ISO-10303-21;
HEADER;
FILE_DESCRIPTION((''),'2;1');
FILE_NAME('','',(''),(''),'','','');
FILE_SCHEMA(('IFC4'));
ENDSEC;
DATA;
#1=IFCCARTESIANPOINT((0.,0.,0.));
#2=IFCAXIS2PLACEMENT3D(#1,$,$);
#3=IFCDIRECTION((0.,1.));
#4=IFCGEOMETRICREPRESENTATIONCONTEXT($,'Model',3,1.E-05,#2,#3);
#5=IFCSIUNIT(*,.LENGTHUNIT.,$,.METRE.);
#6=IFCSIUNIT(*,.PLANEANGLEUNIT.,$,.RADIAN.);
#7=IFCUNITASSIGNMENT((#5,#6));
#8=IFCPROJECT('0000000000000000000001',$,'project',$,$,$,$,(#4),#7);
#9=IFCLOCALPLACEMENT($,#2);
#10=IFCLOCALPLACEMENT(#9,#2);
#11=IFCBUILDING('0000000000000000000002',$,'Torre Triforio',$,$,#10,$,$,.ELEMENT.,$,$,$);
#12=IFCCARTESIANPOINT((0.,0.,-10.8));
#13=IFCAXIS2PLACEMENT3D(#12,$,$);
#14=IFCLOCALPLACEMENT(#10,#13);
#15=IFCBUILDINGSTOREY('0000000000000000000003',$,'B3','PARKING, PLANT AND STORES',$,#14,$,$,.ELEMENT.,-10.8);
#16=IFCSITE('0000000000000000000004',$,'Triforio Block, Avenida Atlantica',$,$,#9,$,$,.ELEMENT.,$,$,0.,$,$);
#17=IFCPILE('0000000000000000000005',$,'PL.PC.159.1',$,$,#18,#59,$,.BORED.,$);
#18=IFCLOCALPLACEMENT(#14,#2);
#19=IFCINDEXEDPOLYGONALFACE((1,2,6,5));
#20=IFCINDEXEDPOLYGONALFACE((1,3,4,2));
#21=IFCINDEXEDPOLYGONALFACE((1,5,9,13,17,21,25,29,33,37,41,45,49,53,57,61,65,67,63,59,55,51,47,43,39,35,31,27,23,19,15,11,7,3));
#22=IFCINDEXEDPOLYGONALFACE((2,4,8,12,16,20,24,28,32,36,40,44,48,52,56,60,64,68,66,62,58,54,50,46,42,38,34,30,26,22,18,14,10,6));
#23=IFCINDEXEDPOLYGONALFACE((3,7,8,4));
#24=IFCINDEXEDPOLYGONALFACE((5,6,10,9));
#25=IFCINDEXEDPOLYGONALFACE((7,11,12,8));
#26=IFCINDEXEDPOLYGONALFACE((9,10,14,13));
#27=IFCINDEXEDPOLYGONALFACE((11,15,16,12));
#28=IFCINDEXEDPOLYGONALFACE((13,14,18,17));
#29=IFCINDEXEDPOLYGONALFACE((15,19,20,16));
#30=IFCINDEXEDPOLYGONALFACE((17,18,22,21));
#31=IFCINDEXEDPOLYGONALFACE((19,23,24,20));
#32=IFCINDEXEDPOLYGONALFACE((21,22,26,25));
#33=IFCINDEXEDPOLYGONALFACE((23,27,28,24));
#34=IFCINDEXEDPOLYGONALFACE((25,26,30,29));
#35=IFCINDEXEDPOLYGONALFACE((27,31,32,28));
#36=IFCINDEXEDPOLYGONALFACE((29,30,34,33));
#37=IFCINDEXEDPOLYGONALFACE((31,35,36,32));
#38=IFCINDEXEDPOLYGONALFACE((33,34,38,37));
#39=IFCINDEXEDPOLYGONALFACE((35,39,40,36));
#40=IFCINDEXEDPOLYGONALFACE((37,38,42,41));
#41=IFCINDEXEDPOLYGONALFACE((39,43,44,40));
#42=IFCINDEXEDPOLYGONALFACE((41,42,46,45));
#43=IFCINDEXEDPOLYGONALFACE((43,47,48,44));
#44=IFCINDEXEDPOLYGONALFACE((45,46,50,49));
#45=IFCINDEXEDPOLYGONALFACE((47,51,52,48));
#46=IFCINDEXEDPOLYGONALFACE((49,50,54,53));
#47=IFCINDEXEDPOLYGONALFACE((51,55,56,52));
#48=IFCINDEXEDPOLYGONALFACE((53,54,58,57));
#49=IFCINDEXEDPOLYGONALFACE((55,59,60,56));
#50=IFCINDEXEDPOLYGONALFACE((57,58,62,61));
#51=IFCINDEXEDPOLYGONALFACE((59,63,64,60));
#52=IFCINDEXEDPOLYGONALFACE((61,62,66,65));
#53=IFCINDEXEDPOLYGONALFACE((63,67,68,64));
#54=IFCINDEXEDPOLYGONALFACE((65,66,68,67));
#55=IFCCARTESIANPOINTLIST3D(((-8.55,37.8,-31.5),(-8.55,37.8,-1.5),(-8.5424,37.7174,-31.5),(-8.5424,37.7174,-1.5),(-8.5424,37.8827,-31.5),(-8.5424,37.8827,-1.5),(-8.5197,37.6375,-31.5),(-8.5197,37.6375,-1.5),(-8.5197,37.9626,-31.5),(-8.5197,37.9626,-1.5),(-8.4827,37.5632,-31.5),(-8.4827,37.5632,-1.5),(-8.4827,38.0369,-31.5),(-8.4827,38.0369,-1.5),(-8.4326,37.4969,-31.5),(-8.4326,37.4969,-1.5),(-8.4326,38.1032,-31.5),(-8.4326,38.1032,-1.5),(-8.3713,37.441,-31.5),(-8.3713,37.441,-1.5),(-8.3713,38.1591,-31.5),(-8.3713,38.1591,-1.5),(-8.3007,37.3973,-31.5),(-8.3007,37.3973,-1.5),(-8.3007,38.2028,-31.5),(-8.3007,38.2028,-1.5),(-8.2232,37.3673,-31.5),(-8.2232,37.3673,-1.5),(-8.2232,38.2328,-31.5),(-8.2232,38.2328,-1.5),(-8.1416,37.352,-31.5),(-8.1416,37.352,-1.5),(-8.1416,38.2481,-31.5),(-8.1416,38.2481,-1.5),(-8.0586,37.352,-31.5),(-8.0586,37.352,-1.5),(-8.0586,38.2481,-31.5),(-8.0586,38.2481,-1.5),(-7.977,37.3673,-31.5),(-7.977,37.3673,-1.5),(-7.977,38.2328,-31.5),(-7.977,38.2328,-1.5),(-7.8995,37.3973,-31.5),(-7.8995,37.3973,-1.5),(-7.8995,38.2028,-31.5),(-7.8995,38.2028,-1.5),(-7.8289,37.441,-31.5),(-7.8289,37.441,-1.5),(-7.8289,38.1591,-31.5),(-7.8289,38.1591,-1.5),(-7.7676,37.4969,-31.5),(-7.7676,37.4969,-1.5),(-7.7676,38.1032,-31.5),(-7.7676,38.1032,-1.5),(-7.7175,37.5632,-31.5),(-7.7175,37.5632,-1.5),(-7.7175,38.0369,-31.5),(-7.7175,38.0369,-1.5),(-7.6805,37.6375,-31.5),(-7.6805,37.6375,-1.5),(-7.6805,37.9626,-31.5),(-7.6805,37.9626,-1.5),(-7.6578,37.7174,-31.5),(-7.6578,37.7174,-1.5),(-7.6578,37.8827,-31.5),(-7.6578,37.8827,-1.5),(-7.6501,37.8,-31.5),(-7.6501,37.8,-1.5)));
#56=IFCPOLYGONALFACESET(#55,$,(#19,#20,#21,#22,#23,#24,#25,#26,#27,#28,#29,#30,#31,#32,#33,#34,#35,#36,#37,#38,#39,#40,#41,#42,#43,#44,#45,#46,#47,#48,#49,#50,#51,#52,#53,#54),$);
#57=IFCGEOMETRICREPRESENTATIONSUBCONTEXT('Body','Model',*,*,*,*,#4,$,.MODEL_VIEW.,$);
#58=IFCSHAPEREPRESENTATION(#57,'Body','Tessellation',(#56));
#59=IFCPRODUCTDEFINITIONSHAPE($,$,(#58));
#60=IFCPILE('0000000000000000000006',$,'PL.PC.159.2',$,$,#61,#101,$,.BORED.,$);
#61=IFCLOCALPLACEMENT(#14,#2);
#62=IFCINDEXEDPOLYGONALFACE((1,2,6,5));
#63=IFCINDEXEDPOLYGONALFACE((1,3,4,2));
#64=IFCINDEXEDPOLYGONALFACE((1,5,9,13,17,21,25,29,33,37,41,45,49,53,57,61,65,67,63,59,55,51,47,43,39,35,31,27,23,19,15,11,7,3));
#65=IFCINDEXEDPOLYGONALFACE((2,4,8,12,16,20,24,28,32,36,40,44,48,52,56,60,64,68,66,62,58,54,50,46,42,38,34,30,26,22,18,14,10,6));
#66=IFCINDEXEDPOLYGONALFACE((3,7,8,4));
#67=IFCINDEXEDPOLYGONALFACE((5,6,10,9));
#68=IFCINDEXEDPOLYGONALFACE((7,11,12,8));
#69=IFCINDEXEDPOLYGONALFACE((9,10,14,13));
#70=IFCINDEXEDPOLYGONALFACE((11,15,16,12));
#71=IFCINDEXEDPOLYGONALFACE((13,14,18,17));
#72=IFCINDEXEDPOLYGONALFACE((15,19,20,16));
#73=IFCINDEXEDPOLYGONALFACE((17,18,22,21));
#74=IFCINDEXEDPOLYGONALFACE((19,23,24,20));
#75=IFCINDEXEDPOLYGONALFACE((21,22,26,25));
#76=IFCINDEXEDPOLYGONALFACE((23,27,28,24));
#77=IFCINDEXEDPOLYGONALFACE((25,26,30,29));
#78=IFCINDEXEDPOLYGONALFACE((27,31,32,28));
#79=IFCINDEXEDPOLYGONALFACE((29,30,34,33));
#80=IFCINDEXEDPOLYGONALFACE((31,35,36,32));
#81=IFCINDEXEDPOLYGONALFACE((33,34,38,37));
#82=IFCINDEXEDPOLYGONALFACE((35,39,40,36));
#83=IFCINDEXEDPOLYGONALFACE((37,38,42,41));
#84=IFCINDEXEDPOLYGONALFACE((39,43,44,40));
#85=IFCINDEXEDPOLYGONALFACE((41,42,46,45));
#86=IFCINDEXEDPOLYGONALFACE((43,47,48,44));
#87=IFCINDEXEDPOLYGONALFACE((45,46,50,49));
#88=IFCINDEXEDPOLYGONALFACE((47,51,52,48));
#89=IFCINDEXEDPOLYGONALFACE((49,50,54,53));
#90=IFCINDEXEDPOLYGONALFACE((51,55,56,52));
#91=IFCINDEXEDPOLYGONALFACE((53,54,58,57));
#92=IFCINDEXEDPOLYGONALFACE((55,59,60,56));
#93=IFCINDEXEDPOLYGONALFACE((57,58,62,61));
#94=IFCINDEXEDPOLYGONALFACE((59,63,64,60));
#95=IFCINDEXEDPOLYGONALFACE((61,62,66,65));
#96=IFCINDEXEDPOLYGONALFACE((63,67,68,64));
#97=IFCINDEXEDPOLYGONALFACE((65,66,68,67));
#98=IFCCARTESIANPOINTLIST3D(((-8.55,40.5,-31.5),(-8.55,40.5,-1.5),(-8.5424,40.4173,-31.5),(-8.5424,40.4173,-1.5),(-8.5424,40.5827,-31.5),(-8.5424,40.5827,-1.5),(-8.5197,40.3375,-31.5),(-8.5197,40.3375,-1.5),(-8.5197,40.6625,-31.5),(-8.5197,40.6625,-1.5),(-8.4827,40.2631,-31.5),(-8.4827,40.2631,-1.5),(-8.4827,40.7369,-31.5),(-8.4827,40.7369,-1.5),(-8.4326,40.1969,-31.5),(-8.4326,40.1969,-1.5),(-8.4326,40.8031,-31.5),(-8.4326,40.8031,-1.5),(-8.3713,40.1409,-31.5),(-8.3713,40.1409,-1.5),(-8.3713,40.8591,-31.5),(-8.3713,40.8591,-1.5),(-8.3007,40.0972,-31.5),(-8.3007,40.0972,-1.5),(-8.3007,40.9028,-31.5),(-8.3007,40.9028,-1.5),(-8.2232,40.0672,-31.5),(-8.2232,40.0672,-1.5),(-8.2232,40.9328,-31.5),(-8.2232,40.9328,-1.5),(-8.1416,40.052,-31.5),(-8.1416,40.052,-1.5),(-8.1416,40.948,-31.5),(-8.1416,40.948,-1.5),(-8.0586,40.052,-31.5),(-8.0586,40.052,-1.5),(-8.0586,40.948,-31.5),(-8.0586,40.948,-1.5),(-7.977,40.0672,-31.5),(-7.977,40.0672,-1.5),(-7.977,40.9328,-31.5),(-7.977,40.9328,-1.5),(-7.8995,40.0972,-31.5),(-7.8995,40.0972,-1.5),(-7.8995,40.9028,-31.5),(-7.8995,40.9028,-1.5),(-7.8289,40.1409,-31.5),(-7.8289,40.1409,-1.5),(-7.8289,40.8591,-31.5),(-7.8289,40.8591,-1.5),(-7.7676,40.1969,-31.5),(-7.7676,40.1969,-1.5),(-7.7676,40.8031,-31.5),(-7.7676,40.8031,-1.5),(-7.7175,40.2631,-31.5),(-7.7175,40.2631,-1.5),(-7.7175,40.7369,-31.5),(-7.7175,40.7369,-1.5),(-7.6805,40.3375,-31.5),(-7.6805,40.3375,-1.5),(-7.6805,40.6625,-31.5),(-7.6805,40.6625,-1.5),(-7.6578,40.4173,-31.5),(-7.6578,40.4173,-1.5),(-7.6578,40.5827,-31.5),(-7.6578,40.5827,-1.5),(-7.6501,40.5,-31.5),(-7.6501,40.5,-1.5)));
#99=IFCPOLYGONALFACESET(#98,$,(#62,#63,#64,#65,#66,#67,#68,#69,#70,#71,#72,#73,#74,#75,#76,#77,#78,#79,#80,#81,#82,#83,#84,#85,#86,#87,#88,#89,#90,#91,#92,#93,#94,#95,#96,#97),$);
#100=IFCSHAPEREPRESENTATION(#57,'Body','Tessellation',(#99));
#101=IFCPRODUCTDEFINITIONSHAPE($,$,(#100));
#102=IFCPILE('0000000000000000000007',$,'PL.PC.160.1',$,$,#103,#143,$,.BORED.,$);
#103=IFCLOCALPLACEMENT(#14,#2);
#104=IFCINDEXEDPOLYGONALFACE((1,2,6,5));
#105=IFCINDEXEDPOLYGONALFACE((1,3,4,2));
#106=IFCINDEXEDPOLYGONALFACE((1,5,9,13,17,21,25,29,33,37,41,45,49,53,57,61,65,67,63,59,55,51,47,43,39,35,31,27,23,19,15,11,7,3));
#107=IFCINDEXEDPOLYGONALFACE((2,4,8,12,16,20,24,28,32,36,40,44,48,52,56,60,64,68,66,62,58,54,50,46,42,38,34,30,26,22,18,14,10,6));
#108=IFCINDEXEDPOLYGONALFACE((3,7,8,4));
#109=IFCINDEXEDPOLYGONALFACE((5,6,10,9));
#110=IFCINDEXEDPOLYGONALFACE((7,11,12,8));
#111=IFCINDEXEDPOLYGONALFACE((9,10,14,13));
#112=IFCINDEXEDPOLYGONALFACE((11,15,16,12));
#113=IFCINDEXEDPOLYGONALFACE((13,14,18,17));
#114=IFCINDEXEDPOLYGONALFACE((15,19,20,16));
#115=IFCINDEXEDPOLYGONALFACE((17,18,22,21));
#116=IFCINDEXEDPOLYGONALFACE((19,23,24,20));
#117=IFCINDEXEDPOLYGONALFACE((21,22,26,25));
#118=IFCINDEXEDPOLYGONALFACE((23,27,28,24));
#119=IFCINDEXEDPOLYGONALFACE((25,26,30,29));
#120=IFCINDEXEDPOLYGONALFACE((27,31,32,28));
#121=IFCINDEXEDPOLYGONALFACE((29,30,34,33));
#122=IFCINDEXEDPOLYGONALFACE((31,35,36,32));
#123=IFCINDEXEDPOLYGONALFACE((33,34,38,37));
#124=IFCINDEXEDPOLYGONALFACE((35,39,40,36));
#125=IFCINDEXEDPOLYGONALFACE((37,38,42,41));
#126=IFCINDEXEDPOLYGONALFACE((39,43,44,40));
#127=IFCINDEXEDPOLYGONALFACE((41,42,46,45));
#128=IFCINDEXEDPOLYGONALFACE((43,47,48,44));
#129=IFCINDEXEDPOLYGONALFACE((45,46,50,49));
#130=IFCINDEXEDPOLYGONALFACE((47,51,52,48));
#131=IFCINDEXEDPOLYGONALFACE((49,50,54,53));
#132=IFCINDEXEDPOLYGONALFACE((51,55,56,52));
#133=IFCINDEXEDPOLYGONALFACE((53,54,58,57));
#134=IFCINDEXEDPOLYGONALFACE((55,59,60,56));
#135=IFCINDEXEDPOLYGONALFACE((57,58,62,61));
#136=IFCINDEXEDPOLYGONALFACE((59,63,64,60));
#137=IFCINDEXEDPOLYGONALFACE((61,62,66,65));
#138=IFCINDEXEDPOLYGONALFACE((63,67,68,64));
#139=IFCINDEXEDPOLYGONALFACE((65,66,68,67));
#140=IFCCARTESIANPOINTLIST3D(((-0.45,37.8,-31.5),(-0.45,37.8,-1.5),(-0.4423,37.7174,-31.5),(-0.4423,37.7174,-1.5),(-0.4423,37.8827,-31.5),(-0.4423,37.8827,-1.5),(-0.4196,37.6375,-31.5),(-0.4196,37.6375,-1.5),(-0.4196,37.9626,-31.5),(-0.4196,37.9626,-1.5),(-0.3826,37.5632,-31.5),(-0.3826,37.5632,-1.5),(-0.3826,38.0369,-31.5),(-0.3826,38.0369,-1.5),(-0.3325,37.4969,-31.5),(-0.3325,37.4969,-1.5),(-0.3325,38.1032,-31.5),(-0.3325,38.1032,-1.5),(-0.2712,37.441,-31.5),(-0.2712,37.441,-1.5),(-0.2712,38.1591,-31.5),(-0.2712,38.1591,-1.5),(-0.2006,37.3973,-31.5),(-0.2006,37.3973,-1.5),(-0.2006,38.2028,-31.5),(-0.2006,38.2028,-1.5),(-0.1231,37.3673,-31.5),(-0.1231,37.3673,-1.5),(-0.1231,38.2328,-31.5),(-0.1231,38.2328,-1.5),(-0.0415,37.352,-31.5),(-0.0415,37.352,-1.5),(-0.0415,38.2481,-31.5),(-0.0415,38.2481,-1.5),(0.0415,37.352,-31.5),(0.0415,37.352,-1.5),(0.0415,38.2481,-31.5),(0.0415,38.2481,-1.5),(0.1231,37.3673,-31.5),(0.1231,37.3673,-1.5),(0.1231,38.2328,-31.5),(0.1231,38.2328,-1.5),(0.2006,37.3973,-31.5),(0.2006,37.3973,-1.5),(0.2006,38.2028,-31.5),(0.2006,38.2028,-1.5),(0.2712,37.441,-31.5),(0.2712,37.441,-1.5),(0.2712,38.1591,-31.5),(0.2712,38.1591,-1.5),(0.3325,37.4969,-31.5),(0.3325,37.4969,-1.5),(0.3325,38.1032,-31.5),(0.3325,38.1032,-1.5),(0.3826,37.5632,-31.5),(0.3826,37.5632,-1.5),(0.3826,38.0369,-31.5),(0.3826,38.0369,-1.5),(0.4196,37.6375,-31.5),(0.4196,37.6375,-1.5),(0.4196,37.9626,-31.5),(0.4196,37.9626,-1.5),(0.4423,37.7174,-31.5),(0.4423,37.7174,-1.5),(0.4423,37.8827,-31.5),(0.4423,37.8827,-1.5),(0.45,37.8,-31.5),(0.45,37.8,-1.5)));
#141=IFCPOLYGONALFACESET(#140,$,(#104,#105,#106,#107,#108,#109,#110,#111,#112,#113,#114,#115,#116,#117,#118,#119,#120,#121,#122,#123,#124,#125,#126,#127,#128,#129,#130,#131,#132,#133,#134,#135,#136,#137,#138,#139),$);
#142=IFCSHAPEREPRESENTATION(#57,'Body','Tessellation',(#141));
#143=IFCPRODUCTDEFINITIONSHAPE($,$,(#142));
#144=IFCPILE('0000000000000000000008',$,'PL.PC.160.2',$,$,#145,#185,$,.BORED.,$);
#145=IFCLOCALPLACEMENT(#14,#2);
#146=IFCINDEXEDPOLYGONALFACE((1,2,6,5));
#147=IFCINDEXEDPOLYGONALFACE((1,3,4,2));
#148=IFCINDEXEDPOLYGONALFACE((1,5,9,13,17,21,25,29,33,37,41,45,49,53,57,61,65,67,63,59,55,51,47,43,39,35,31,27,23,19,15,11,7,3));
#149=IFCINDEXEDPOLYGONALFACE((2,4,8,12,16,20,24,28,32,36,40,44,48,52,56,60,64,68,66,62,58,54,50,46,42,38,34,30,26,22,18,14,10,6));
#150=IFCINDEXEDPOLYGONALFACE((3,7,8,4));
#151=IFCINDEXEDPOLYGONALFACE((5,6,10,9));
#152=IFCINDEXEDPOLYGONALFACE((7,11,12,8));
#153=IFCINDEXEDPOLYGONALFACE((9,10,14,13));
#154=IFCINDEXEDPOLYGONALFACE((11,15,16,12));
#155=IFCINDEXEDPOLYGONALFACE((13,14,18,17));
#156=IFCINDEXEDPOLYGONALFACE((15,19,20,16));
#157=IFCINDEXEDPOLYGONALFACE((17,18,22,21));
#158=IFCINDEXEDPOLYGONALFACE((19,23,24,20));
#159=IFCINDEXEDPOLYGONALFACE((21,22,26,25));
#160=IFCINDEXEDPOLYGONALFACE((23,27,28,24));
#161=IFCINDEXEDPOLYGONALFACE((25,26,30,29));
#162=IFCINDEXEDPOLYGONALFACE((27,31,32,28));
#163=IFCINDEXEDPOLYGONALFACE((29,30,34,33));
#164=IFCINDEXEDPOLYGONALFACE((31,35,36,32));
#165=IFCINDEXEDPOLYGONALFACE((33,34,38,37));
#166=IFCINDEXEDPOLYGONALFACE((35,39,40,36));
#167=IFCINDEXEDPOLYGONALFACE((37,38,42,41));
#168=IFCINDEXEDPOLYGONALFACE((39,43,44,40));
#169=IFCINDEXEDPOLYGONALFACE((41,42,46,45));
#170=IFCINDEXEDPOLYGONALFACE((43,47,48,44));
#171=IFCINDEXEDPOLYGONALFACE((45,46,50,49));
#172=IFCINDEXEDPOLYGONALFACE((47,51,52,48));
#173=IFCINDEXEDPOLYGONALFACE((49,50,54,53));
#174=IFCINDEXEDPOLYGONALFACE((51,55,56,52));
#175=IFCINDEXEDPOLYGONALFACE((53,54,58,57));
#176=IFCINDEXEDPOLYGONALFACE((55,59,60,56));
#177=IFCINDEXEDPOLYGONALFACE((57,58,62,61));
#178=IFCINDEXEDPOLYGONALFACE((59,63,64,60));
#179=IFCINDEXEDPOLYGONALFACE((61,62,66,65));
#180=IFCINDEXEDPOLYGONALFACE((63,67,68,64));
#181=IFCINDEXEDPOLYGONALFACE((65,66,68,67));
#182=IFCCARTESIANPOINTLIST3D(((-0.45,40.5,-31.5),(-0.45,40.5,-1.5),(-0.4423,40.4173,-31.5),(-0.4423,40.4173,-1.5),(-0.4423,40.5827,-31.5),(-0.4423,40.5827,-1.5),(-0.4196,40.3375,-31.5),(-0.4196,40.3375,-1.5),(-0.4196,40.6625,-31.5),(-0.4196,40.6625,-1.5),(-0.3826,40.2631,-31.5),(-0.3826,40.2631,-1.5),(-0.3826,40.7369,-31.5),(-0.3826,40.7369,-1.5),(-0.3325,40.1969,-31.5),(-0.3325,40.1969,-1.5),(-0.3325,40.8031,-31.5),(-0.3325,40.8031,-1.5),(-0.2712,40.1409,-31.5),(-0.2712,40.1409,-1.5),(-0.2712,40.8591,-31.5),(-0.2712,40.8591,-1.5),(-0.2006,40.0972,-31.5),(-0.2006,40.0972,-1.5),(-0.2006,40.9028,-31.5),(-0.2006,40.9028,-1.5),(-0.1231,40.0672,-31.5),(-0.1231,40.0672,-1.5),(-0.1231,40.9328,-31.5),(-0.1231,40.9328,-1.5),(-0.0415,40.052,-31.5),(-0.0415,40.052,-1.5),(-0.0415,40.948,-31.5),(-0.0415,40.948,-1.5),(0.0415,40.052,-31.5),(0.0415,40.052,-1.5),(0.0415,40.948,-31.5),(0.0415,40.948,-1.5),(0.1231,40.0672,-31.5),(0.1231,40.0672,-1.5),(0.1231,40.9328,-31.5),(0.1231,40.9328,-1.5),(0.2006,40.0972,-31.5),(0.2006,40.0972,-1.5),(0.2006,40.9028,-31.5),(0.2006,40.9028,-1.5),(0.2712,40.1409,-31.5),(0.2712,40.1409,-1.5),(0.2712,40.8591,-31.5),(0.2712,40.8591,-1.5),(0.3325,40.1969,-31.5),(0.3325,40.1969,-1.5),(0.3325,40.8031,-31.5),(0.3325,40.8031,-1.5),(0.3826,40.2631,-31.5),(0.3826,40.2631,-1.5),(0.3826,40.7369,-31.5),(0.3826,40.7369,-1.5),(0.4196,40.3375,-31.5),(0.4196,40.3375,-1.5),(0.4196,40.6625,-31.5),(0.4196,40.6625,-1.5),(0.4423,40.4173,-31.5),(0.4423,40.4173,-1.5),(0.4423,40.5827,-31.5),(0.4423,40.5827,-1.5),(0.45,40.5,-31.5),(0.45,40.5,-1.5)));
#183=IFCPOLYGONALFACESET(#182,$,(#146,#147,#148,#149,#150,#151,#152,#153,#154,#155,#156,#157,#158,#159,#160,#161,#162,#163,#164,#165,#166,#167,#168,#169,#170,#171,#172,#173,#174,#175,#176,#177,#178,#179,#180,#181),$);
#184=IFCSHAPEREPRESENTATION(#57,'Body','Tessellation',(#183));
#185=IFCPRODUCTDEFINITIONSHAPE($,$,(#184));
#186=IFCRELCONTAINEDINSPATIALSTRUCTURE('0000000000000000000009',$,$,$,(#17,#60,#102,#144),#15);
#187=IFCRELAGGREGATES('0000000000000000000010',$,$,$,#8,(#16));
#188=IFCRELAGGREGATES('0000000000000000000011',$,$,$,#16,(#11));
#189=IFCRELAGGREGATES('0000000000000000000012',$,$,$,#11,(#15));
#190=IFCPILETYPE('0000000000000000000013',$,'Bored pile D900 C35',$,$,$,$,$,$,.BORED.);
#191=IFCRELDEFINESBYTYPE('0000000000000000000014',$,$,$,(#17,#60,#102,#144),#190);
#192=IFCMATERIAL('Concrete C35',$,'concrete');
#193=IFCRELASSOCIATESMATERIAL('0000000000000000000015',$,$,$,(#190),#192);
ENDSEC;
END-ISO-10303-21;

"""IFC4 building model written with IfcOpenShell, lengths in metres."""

from ifc_helpers import new_model, si_unit, direction, frame, origin, origin_2d, place, context, subcontext, project, spatial, circle, extrude, material, material_profile, profile_set, type_object, element, save


model = new_model("IFC4")

# Units and contexts
model_context = context("Model", 3, precision=1e-05, world=origin(), true_north=direction((0.0, 1.0)))
body_context = subcontext(model_context, "Body", "Model", "MODEL_VIEW")
ifc_project = project(units=[si_unit("LENGTHUNIT", "METRE"), si_unit("PLANEANGLEUNIT", "RADIAN")], contexts=[model_context])

# Site, building, storey
site_placement = place(None, origin())
site = spatial("IfcSite", under=ifc_project, at=site_placement, Name="Triforio Block, Avenida Atlantica", CompositionType="ELEMENT", RefElevation=0.0)
building_placement = place(site_placement, origin())
building = spatial("IfcBuilding", under=site, at=building_placement, Name="Torre Triforio", CompositionType="ELEMENT")
storey_placement = place(building_placement, frame((0.0, 0.0, -10.8)))
storey = spatial("IfcBuildingStorey", under=building, at=storey_placement, Name="B3", Description="PARKING, PLANT AND STORES", CompositionType="ELEMENT", Elevation=-10.8)

# Piles
ifc_material_1 = material(Name="Concrete C35", Category="concrete")
ifc_material_profile_1 = material_profile(ifc_material_1, circle(Radius=0.45, at=origin_2d()), Name="RC D900")
ifc_profile_set_1 = profile_set([ifc_material_profile_1], Name="Concrete C35")
pile_type = type_object("IfcPileType", Name="Bored pile D900 C35", PredefinedType="BORED", material=ifc_profile_set_1)
for number, where, z_axis, x_axis, name in (
    (1, (-8.1001, 37.8, -1.5), (0.0, 0.0, -1.0), (1.0, 0.0, 0.0), "PL.PC.159.1"),
    (2, (-8.1001, 40.5, -1.5), (0.0, 0.0, -1.0), (1.0, 0.0, 0.0), "PL.PC.159.2"),
    (3, (0.0, 37.8, -1.5), (0.0, 0.0, -1.0), (1.0, 0.0, 0.0), "PL.PC.160.1"),
    (4, (0.0, 40.5, -1.5), (0.0, 0.0, -1.0), (1.0, 0.0, 0.0), "PL.PC.160.2"),
):
    element("IfcPile", number, at=place(storey_placement, frame(where, z_axis=z_axis, x_axis=x_axis)), inside=storey, type_object=pile_type, Name=name, PredefinedType="BORED", context=body_context, shape_type="SweptSolid", body=[
        extrude(circle(Radius=0.45, at=origin_2d()), origin(), (0.0, 0.0, 1.0), 30.0),
    ])

save(model, "model.ifc")
